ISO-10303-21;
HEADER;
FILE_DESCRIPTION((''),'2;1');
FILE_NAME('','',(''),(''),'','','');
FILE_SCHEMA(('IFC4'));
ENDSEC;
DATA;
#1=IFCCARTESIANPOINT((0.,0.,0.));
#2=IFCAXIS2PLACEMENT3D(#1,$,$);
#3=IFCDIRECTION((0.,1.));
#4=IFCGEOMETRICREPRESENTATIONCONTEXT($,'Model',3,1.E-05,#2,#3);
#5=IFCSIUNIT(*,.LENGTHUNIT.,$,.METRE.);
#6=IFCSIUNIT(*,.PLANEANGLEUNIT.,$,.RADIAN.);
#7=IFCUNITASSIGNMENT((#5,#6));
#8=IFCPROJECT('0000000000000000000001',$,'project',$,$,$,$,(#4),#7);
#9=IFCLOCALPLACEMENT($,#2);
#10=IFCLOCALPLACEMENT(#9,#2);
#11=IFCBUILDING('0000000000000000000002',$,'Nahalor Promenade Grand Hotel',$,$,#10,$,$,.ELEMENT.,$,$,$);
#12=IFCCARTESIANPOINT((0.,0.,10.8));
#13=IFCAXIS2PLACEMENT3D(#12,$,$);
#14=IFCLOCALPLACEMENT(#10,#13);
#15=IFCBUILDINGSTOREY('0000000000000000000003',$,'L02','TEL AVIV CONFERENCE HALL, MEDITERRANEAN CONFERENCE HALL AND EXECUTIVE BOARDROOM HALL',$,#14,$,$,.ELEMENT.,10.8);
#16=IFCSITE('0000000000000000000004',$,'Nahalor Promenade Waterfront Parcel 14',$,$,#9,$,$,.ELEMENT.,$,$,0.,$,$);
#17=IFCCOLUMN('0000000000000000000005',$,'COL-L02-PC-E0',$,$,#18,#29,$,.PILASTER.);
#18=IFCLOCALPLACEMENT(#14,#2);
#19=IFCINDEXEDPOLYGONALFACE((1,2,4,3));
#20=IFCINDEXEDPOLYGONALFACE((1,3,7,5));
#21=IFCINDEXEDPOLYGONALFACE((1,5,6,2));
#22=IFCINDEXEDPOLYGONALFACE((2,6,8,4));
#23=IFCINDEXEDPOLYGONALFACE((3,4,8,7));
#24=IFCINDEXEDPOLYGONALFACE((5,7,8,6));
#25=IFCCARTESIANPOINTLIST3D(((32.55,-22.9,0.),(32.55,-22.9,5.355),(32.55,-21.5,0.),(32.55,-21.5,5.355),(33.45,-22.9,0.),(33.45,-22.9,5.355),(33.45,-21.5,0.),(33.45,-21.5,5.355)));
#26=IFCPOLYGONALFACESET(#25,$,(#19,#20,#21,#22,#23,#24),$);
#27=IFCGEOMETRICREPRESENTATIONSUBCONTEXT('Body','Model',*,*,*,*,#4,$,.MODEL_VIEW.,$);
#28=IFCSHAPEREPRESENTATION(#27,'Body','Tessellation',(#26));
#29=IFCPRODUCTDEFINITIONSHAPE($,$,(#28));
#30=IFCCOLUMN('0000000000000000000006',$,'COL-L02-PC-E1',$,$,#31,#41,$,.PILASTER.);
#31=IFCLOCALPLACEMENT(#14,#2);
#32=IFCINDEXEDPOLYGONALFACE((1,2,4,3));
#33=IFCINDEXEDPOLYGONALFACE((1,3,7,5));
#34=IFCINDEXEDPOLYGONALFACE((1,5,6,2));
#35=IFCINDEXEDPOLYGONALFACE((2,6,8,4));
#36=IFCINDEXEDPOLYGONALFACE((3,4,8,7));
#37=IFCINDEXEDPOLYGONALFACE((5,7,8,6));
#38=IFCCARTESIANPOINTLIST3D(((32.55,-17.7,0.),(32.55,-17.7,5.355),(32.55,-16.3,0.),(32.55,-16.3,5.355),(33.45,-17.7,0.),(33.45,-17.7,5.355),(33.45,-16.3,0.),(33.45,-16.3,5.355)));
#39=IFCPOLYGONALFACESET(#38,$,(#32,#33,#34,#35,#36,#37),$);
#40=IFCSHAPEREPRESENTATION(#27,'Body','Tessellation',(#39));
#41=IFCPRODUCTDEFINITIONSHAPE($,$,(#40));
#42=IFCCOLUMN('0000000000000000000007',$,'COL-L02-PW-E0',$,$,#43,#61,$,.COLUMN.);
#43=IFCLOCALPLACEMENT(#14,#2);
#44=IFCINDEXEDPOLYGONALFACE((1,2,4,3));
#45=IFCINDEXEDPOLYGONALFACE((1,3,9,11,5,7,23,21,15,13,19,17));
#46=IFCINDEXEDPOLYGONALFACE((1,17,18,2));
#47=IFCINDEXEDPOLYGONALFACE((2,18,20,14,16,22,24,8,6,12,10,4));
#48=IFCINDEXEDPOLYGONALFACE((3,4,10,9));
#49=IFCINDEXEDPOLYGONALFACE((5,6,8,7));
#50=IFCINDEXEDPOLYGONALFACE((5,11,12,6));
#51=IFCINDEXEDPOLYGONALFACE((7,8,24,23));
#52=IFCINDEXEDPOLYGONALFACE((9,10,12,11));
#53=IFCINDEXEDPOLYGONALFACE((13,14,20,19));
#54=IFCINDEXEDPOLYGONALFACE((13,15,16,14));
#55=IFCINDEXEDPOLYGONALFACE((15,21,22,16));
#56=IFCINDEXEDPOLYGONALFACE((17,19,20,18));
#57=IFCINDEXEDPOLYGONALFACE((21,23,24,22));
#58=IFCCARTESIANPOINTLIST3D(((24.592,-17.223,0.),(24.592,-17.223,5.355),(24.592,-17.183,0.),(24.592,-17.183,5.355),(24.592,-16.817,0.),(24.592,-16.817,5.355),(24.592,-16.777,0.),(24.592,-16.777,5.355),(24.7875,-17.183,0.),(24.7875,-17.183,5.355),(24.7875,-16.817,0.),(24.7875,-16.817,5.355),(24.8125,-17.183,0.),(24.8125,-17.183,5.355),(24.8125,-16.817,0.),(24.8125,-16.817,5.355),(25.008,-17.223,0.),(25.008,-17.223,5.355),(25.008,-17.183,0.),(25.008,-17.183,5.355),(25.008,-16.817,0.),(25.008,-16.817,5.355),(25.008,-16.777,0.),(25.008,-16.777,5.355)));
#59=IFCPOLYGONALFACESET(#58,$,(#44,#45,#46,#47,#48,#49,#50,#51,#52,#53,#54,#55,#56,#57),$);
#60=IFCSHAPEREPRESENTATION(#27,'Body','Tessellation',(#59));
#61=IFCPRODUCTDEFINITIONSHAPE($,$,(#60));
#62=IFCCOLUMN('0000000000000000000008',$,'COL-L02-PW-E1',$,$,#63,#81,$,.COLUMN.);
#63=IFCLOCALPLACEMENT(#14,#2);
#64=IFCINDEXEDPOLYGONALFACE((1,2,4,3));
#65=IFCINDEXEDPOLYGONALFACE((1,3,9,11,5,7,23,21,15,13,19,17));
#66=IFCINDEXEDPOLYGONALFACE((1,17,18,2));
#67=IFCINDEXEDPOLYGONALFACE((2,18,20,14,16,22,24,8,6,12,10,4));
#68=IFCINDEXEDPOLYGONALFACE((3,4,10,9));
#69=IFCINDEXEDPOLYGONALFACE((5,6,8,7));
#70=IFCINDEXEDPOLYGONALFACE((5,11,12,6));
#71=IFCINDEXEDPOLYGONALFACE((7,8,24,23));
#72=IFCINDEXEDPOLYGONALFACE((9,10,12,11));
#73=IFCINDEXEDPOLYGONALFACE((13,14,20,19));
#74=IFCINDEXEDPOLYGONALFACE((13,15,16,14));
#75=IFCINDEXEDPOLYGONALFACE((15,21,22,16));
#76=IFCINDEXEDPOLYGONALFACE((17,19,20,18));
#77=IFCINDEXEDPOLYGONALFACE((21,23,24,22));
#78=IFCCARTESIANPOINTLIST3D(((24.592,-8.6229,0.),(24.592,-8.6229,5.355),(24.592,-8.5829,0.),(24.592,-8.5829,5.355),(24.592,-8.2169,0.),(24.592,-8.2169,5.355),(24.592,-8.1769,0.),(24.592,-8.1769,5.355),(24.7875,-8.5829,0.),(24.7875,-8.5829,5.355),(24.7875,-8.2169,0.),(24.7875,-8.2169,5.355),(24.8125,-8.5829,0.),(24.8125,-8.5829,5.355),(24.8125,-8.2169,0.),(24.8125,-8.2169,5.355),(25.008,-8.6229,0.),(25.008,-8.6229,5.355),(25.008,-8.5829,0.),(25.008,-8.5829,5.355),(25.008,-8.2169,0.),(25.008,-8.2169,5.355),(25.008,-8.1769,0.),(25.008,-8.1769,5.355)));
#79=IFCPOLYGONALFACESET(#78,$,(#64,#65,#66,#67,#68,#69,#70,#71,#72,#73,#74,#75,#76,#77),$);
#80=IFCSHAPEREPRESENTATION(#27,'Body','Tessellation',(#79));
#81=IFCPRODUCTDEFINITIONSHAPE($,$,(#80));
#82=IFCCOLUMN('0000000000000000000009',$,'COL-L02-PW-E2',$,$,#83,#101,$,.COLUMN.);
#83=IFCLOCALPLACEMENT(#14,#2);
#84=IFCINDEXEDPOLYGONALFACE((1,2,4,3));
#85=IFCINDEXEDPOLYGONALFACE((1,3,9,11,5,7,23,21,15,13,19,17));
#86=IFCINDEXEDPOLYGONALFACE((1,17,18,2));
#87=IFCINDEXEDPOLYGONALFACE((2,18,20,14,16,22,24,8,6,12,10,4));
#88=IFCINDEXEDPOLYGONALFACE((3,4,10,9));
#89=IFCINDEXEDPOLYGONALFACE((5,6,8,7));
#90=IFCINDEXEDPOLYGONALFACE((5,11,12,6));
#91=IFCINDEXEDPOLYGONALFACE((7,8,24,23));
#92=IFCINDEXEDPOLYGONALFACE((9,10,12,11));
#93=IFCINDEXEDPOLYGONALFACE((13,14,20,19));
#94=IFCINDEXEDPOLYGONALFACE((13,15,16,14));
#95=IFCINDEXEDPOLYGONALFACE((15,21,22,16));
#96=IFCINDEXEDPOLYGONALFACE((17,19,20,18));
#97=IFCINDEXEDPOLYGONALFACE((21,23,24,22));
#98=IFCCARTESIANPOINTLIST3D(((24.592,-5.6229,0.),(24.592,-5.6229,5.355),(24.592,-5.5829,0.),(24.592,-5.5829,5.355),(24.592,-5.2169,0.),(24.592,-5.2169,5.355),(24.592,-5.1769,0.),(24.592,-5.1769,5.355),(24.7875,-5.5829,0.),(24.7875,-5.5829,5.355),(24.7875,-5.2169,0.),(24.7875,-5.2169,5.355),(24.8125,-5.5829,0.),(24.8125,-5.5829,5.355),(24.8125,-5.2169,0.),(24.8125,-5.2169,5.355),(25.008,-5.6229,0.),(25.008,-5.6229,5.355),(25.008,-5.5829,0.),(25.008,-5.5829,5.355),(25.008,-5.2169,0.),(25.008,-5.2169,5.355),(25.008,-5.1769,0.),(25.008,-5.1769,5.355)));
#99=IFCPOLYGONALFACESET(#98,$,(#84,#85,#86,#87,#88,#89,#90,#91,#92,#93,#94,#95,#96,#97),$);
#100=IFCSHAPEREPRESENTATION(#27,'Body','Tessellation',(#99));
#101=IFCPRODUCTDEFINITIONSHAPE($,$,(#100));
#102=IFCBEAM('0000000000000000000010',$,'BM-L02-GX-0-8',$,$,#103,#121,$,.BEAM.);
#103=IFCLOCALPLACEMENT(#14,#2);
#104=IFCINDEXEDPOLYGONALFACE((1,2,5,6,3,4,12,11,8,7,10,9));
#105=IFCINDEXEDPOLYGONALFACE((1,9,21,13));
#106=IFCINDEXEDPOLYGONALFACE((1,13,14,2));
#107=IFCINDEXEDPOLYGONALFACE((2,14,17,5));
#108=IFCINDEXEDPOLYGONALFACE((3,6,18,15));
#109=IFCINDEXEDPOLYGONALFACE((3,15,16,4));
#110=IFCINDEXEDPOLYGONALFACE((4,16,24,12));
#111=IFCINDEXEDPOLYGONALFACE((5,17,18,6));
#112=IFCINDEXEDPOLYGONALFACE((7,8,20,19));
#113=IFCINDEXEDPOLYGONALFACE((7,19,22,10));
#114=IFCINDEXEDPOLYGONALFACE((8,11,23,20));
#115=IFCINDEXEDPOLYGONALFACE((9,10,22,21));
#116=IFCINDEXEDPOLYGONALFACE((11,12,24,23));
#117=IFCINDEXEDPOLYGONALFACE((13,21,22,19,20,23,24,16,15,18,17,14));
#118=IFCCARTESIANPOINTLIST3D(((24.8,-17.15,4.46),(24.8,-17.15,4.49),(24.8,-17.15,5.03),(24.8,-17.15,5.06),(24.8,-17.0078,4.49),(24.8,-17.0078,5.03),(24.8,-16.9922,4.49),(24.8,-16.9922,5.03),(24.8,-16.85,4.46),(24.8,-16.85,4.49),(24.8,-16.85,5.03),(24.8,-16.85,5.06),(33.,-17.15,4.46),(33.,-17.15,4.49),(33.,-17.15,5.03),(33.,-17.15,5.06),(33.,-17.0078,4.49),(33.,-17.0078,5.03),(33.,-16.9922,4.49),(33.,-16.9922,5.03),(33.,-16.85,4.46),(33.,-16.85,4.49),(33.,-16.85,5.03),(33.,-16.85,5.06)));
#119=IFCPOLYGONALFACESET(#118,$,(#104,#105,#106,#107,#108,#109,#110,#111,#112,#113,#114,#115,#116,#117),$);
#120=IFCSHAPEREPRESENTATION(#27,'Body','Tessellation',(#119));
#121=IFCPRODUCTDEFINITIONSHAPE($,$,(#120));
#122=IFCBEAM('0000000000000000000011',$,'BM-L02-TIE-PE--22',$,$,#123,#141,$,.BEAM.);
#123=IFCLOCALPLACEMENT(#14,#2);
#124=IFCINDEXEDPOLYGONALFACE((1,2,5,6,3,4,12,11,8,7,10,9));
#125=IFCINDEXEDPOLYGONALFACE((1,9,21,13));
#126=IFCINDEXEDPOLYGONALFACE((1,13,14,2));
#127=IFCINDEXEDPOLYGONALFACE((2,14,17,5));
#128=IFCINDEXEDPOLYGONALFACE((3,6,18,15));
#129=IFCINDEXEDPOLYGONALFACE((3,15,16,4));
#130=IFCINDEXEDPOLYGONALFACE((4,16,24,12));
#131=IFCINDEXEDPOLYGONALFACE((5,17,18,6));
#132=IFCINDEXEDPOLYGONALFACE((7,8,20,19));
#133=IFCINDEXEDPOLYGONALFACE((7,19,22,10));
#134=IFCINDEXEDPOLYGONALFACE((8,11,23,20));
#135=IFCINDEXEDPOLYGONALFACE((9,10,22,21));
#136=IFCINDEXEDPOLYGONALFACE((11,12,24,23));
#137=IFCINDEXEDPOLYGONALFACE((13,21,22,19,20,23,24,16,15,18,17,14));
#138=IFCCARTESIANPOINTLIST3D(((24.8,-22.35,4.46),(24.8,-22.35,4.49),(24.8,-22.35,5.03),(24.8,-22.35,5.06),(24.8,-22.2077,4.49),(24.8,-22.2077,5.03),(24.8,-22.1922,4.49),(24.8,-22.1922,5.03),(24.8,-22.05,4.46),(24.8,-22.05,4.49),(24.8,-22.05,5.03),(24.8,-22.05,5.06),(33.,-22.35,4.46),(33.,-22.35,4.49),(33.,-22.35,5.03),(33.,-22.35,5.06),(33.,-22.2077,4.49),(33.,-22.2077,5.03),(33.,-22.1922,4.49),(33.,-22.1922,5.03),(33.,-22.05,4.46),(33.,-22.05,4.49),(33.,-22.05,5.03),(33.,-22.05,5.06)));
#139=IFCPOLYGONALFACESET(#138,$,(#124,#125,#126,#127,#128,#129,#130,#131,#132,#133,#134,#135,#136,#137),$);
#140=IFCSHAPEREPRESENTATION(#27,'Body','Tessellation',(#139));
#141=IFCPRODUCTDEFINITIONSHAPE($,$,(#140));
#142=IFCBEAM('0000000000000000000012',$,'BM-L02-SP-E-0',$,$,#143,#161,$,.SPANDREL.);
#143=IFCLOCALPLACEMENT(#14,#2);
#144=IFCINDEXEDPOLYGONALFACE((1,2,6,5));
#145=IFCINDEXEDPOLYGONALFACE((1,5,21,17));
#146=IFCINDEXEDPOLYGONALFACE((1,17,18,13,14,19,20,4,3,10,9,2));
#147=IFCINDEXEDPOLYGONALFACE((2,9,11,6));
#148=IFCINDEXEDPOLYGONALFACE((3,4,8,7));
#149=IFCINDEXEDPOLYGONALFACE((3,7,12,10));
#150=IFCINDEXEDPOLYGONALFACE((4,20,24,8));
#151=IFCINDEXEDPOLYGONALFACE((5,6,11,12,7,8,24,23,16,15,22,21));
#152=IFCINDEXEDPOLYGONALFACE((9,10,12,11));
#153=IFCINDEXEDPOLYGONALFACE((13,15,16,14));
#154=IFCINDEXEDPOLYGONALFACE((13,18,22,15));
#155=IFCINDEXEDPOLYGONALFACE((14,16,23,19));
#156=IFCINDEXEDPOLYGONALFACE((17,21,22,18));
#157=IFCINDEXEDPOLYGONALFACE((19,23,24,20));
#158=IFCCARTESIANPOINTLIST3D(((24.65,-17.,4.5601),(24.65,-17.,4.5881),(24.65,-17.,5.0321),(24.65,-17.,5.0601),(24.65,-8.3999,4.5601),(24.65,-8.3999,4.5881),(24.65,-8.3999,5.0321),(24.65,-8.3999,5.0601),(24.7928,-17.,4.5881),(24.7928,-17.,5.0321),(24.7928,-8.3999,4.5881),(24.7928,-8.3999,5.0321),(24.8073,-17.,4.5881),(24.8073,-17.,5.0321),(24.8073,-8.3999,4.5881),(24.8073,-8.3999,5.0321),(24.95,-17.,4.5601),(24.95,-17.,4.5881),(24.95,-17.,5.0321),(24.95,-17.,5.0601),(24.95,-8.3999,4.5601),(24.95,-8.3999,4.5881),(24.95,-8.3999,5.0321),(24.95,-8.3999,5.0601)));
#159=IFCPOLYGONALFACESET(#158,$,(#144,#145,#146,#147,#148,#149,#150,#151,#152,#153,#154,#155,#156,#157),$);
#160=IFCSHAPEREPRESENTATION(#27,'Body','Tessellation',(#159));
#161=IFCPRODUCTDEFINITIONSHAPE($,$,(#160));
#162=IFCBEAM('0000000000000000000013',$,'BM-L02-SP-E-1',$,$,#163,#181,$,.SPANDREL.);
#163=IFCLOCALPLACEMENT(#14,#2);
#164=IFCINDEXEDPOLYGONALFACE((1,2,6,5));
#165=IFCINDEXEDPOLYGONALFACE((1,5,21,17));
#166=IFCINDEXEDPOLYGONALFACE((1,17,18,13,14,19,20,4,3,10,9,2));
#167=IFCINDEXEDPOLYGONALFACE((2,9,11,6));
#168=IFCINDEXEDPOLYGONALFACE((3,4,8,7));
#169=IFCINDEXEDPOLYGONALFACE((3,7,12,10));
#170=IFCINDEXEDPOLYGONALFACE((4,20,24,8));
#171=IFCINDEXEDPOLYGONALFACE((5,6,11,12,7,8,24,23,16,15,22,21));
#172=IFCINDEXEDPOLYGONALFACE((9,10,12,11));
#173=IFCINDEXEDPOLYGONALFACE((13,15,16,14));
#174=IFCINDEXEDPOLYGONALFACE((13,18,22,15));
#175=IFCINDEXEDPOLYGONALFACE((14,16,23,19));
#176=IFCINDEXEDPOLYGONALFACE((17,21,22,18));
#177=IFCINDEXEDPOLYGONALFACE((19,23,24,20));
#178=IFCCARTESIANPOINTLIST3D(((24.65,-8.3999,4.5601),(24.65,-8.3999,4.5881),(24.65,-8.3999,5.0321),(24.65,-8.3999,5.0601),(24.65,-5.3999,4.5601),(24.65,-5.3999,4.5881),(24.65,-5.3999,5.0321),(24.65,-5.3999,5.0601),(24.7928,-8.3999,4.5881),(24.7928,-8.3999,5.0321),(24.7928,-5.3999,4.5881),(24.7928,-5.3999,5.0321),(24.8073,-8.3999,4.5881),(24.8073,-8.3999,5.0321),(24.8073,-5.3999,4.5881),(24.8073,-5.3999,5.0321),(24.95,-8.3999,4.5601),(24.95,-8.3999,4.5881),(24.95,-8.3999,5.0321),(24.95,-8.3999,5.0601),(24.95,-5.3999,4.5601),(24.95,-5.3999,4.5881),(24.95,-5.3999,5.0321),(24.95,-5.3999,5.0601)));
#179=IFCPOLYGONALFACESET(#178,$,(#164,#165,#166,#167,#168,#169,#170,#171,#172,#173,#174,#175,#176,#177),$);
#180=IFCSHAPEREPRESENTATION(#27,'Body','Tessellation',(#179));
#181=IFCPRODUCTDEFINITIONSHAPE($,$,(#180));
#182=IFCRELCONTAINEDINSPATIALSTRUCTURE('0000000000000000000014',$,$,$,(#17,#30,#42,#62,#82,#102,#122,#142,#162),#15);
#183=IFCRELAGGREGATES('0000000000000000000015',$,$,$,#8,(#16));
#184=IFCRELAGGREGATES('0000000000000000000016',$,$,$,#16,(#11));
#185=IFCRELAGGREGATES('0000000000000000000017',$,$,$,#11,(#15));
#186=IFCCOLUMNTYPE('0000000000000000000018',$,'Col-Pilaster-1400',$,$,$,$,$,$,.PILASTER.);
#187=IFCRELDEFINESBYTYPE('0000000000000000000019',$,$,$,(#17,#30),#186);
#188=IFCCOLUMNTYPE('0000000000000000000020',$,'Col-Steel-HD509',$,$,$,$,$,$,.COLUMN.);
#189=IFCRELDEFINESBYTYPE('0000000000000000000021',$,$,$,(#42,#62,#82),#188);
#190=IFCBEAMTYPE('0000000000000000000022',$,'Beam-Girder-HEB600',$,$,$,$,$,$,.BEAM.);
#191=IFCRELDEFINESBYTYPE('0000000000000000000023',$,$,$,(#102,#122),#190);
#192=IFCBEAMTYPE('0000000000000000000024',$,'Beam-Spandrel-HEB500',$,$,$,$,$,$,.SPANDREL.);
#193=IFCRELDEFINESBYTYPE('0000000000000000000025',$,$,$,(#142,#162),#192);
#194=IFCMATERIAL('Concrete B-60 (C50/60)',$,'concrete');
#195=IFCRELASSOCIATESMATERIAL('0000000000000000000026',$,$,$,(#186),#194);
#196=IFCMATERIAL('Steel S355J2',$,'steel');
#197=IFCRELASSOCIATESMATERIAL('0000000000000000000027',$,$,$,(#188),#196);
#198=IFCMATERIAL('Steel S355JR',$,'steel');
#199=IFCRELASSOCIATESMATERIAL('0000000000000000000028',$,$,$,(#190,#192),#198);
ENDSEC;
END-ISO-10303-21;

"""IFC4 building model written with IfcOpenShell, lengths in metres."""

from ifc_helpers import new_model, si_unit, direction, frame, origin, origin_2d, place, context, subcontext, project, spatial, rectangle, i_section, extrude, source, transform, mapped, material, material_profile, profile_set, type_object, element, save


model = new_model("IFC4")

# Units and contexts
model_context = context("Model", 3, precision=1e-05, world=origin(), true_north=direction((0.0, 1.0)))
body_context = subcontext(model_context, "Body", "Model", "MODEL_VIEW")
ifc_project = project(units=[si_unit("LENGTHUNIT", "METRE"), si_unit("PLANEANGLEUNIT", "RADIAN")], contexts=[model_context])

# Site, building, storey
site_placement = place(None, origin())
site = spatial("IfcSite", under=ifc_project, at=site_placement, Name="Nahalor Promenade Waterfront Parcel 14", CompositionType="ELEMENT", RefElevation=0.0)
building_placement = place(site_placement, origin())
building = spatial("IfcBuilding", under=site, at=building_placement, Name="Nahalor Promenade Grand Hotel", CompositionType="ELEMENT")
storey_placement = place(building_placement, frame((0.0, 0.0, 10.8)))
storey = spatial("IfcBuildingStorey", under=building, at=storey_placement, Name="L02", Description="TEL AVIV CONFERENCE HALL, MEDITERRANEAN CONFERENCE HALL AND EXECUTIVE BOARDROOM HALL", CompositionType="ELEMENT", Elevation=10.8)

# Columns
ifc_material_1 = material(Name="Concrete B-60 (C50/60)", Category="concrete")
ifc_material_profile_1 = material_profile(ifc_material_1, rectangle(XDim=0.9, YDim=1.4, at=origin_2d()), Name="RC 900x1400")
ifc_profile_set_1 = profile_set([ifc_material_profile_1], Name="Concrete B-60 (C50/60)")
column_type_1 = type_object("IfcColumnType", Name="Col-Pilaster-1400", PredefinedType="PILASTER", material=ifc_profile_set_1)
shared_shape_1 = source(origin(), body_context, "Body", "SweptSolid", [
    extrude(rectangle(XDim=0.9, YDim=1.4, at=origin_2d()), origin(), (0.0, 0.0, 1.0), 5.355),
])
for number, where, z_axis, x_axis, name in (
    (1, (33.0, -22.2, 0.0), (0.0, 0.0, 1.0), (1.0, 0.0, 0.0), "COL-L02-PC-E0"),
    (2, (33.0, -17.0, 0.0), (0.0, 0.0, 1.0), (1.0, 0.0, 0.0), "COL-L02-PC-E1"),
):
    element("IfcColumn", number, at=place(storey_placement, frame(where, z_axis=z_axis, x_axis=x_axis)), inside=storey, type_object=column_type_1, Name=name, PredefinedType="PILASTER", context=body_context, shape_type="MappedRepresentation", body=[
        mapped(shared_shape_1, transform((0.0, 0.0, 0.0), scale=1.0)),
    ])
ifc_material_2 = material(Name="Steel S355J2", Category="steel")
ifc_material_profile_2 = material_profile(ifc_material_2, i_section(OverallWidth=0.416, OverallDepth=0.446, WebThickness=0.025, FlangeThickness=0.04, at=origin_2d()), Name="HD 400x509")
ifc_profile_set_2 = profile_set([ifc_material_profile_2], Name="Steel S355J2")
column_type_2 = type_object("IfcColumnType", Name="Col-Steel-HD509", PredefinedType="COLUMN", material=ifc_profile_set_2)
shared_shape_2 = source(origin(), body_context, "Body", "SweptSolid", [
    extrude(i_section(OverallWidth=0.416, OverallDepth=0.446, WebThickness=0.025, FlangeThickness=0.04, at=origin_2d()), origin(), (0.0, 0.0, 1.0), 5.355),
])
for number, where, z_axis, x_axis, name in (
    (3, (24.8, -17.0, 0.0), (0.0, 0.0, 1.0), (1.0, 0.0, 0.0), "COL-L02-PW-E0"),
    (4, (24.8, -8.3999, 0.0), (0.0, 0.0, 1.0), (1.0, 0.0, 0.0), "COL-L02-PW-E1"),
    (5, (24.8, -5.3999, 0.0), (0.0, 0.0, 1.0), (1.0, 0.0, 0.0), "COL-L02-PW-E2"),
):
    element("IfcColumn", number, at=place(storey_placement, frame(where, z_axis=z_axis, x_axis=x_axis)), inside=storey, type_object=column_type_2, Name=name, PredefinedType="COLUMN", context=body_context, shape_type="MappedRepresentation", body=[
        mapped(shared_shape_2, transform((0.0, 0.0, 0.0), scale=1.0)),
    ])

# Beams
ifc_material_3 = material(Name="Steel S355JR", Category="steel")
ifc_material_profile_3 = material_profile(ifc_material_3, i_section(OverallWidth=0.3, OverallDepth=0.6, WebThickness=0.0155, FlangeThickness=0.03, at=origin_2d()), Name="HEB 600")
ifc_profile_set_3 = profile_set([ifc_material_profile_3], Name="Steel S355JR")
beam_type_1 = type_object("IfcBeamType", Name="Beam-Girder-HEB600", PredefinedType="BEAM", material=ifc_profile_set_3)
shared_shape_3 = source(origin(), body_context, "Body", "SweptSolid", [
    extrude(i_section(OverallWidth=0.3, OverallDepth=0.6, WebThickness=0.0155, FlangeThickness=0.03, at=origin_2d()), origin(), (0.0, 0.0, 1.0), 8.2),
])
for number, where, z_axis, x_axis, name in (
    (6, (24.8, -17.0, 4.76), (1.0, 0.0, 0.0), (0.0, 1.0, 0.0), "BM-L02-GX-0-8"),
    (7, (24.8, -22.2, 4.76), (1.0, 0.0, 0.0), (0.0, 1.0, 0.0), "BM-L02-TIE-PE--22"),
):
    element("IfcBeam", number, at=place(storey_placement, frame(where, z_axis=z_axis, x_axis=x_axis)), inside=storey, type_object=beam_type_1, Name=name, PredefinedType="BEAM", context=body_context, shape_type="MappedRepresentation", body=[
        mapped(shared_shape_3, transform((0.0, 0.0, 0.0), scale=1.0)),
    ])
ifc_material_profile_4 = material_profile(ifc_material_3, i_section(OverallWidth=0.3, OverallDepth=0.5, WebThickness=0.0145, FlangeThickness=0.028, at=origin_2d()), Name="HEB 500")
ifc_profile_set_4 = profile_set([ifc_material_profile_4], Name="Steel S355JR")
beam_type_2 = type_object("IfcBeamType", Name="Beam-Spandrel-HEB500", PredefinedType="SPANDREL", material=ifc_profile_set_4)
shared_shape_4 = source(origin(), body_context, "Body", "SweptSolid", [
    extrude(i_section(OverallWidth=0.3, OverallDepth=0.5, WebThickness=0.0145, FlangeThickness=0.028, at=origin_2d()), origin(), (0.0, 0.0, 1.0), 8.6001),
])
beam_1_placement = place(storey_placement, frame((24.8, -17.0, 4.8101), z_axis=(0.0, 1.0, 0.0), x_axis=(-1.0, 0.0, 0.0)))
element("IfcBeam", 8, at=beam_1_placement, inside=storey, type_object=beam_type_2, Name="BM-L02-SP-E-0", PredefinedType="SPANDREL", context=body_context, shape_type="MappedRepresentation", body=[
    mapped(shared_shape_4, transform((0.0, 0.0, 0.0), scale=1.0)),
])
shared_shape_5 = source(origin(), body_context, "Body", "SweptSolid", [
    extrude(i_section(OverallWidth=0.3, OverallDepth=0.5, WebThickness=0.0145, FlangeThickness=0.028, at=origin_2d()), origin(), (0.0, 0.0, 1.0), 3.0),
])
beam_2_placement = place(storey_placement, frame((24.8, -8.3999, 4.8101), z_axis=(0.0, 1.0, 0.0), x_axis=(-1.0, 0.0, 0.0)))
element("IfcBeam", 9, at=beam_2_placement, inside=storey, type_object=beam_type_2, Name="BM-L02-SP-E-1", PredefinedType="SPANDREL", context=body_context, shape_type="MappedRepresentation", body=[
    mapped(shared_shape_5, transform((0.0, 0.0, 0.0), scale=1.0)),
])

save(model, "model.ifc")
